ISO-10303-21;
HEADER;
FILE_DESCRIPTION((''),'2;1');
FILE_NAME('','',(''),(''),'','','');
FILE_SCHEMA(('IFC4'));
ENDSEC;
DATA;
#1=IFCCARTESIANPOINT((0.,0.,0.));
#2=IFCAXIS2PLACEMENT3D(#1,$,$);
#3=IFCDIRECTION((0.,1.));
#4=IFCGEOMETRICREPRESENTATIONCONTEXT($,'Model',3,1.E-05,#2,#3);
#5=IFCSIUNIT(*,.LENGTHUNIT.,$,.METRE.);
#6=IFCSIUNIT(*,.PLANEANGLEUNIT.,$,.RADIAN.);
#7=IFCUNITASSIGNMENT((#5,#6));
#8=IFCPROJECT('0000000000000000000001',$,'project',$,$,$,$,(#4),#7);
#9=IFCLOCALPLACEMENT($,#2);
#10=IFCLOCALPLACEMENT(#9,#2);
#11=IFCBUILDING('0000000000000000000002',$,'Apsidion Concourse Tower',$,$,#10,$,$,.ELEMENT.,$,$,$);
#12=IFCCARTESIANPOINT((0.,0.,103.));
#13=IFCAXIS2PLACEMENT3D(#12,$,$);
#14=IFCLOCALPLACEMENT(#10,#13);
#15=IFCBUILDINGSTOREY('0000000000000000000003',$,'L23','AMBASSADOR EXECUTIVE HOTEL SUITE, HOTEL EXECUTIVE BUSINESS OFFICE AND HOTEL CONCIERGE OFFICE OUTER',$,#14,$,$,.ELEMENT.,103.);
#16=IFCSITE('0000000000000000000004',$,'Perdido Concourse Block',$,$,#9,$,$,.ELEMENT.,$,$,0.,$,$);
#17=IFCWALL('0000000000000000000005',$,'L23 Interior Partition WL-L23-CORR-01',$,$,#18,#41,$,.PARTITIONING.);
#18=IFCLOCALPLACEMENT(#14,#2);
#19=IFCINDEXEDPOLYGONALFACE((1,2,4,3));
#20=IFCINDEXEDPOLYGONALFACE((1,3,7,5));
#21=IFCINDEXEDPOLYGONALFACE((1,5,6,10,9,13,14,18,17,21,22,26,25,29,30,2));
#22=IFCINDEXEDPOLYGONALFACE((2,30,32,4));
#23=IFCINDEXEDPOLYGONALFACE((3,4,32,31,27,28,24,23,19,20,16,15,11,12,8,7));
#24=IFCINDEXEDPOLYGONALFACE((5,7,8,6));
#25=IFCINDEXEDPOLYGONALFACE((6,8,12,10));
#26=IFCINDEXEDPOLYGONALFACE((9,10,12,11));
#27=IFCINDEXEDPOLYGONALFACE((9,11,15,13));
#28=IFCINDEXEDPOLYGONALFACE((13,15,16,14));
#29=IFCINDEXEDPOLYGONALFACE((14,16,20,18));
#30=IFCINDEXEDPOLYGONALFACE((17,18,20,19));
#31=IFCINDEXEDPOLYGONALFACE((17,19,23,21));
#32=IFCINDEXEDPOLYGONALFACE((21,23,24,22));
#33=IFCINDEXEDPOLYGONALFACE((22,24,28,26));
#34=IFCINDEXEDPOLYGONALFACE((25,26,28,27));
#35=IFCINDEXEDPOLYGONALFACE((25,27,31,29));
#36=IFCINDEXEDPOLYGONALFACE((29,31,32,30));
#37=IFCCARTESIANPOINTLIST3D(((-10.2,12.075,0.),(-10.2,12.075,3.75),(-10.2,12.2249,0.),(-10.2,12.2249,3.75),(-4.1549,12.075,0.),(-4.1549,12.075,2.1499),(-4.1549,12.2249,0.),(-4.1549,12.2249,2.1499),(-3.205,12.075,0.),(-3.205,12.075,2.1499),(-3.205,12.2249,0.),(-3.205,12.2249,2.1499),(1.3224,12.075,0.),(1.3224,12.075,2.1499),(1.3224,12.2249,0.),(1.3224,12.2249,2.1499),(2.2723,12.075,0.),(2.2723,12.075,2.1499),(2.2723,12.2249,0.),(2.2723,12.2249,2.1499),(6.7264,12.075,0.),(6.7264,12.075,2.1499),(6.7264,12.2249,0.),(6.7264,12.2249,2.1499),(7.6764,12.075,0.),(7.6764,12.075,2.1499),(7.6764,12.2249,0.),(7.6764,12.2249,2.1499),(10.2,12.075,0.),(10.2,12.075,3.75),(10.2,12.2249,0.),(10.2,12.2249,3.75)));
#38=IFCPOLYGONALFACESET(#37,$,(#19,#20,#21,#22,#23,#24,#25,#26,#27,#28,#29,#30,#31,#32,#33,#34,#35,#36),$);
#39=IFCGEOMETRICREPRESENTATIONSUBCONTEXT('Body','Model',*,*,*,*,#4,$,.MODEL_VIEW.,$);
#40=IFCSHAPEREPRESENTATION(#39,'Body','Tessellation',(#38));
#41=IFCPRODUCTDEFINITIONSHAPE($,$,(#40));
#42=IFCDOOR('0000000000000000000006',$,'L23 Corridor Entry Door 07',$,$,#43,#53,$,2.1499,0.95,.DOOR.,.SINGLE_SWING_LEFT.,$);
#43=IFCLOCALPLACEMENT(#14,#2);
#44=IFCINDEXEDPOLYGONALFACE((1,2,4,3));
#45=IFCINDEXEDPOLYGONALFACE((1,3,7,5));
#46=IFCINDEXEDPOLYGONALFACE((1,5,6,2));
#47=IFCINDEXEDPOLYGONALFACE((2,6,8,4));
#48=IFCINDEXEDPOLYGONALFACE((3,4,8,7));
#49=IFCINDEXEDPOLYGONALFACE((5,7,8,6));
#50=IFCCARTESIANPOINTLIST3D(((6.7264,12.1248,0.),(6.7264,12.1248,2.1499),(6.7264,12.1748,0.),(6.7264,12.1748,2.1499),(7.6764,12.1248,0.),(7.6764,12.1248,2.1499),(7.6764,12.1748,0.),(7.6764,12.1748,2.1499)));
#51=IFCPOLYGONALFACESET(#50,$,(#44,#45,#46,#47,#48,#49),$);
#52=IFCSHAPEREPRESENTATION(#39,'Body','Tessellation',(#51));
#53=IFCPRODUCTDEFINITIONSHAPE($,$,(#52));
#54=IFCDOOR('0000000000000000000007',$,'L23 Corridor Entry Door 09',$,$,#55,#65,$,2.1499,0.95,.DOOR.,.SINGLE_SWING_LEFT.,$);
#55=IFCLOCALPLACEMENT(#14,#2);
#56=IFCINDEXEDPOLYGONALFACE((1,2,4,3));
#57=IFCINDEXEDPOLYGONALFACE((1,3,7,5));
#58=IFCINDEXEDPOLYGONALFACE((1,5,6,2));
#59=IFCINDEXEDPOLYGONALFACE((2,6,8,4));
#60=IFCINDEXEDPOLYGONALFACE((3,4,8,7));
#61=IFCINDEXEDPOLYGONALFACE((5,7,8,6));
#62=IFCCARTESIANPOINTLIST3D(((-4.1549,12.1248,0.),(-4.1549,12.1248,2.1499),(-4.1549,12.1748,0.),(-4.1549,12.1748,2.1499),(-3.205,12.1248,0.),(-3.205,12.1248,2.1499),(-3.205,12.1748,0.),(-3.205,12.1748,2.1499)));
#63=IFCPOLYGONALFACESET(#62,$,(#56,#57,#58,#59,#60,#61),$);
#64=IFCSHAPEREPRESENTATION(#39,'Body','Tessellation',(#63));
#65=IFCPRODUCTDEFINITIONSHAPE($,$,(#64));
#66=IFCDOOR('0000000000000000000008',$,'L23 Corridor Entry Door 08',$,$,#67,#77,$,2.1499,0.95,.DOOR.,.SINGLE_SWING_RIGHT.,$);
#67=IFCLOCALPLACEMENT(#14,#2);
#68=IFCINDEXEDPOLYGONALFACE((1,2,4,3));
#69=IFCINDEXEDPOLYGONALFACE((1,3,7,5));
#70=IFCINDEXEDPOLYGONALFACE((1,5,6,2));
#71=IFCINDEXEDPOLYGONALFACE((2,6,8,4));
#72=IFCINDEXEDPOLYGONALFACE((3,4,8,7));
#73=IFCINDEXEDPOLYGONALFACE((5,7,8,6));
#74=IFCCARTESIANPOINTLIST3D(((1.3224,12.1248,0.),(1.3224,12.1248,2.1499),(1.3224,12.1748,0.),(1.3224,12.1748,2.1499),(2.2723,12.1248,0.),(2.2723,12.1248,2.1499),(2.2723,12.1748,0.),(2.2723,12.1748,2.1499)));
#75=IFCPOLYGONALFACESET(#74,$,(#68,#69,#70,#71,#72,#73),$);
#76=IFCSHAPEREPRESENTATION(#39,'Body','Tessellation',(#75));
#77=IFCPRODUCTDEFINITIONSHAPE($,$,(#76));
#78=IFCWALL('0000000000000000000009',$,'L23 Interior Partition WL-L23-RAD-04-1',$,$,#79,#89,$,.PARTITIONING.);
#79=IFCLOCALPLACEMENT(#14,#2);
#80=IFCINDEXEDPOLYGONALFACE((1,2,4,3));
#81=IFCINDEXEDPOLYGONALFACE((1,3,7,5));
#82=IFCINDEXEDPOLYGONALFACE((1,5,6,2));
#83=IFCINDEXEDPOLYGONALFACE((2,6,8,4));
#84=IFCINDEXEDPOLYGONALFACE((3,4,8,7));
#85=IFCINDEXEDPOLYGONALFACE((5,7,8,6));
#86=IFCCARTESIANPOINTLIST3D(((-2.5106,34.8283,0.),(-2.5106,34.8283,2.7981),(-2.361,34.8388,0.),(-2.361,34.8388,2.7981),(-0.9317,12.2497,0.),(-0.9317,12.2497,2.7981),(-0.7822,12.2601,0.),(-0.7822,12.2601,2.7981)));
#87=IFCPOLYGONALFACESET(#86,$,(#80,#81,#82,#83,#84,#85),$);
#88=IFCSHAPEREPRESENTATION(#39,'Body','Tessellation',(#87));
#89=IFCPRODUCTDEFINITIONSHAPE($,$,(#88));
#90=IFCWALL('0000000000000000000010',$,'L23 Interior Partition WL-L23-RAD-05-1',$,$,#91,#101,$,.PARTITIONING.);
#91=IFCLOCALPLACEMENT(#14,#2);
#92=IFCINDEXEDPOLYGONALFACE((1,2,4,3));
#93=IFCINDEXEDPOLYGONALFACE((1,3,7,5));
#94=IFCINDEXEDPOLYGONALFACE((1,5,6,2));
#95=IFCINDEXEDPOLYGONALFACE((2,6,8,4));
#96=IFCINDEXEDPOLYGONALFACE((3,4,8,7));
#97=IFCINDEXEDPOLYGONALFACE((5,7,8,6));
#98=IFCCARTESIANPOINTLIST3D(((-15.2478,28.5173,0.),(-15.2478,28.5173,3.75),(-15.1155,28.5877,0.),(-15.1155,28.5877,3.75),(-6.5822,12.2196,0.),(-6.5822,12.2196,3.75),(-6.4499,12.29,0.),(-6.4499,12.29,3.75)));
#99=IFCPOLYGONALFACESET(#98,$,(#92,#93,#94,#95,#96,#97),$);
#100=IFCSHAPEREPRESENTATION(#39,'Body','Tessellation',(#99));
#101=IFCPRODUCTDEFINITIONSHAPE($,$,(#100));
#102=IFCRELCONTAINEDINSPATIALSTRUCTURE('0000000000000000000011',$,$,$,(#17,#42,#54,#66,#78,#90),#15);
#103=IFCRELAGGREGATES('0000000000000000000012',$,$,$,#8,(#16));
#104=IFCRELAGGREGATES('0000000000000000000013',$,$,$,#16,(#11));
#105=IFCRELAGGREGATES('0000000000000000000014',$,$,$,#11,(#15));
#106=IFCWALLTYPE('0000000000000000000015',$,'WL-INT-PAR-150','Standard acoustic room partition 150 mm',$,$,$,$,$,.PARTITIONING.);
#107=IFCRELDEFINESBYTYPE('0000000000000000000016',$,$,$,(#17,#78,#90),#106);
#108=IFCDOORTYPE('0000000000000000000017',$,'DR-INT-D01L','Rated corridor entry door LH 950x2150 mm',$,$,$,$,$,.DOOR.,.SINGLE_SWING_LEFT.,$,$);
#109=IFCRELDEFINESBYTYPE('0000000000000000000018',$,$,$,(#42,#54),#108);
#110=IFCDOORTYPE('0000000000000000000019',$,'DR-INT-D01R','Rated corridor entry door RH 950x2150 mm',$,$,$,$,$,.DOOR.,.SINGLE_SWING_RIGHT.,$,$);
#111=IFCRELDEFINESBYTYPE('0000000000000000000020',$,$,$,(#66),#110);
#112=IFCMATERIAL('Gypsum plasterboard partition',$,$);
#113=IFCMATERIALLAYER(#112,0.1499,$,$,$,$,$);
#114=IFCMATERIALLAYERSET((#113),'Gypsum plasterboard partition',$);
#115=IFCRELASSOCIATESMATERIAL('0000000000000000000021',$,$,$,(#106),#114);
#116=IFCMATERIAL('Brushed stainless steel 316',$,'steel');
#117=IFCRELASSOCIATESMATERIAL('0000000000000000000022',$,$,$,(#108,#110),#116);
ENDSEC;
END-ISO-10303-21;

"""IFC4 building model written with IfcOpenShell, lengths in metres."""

from ifc_helpers import new_model, si_unit, direction, frame, frame_2d, origin, place, context, subcontext, project, spatial, rectangle, extrude, material, layer, layer_set, type_object, element, fill, save


model = new_model("IFC4")

# Units and contexts
model_context = context("Model", 3, precision=1e-05, world=origin(), true_north=direction((0.0, 1.0)))
body_context = subcontext(model_context, "Body", "Model", "MODEL_VIEW")
ifc_project = project(units=[si_unit("LENGTHUNIT", "METRE"), si_unit("PLANEANGLEUNIT", "RADIAN")], contexts=[model_context])

# Site, building, storey
site_placement = place(None, origin())
site = spatial("IfcSite", under=ifc_project, at=site_placement, Name="Perdido Concourse Block", CompositionType="ELEMENT", RefElevation=0.0)
building_placement = place(site_placement, origin())
building = spatial("IfcBuilding", under=site, at=building_placement, Name="Apsidion Concourse Tower", CompositionType="ELEMENT")
storey_placement = place(building_placement, frame((0.0, 0.0, 103.0)))
storey = spatial("IfcBuildingStorey", under=building, at=storey_placement, Name="L23", Description="AMBASSADOR EXECUTIVE HOTEL SUITE, HOTEL EXECUTIVE BUSINESS OFFICE AND HOTEL CONCIERGE OFFICE OUTER", CompositionType="ELEMENT", Elevation=103.0)

# Shared definitions
ifc_material_1 = material(Name="Gypsum plasterboard partition")

# Wall, openings, doors
ifc_layer_1 = layer(ifc_material_1, 0.1499)
ifc_layer_set_1 = layer_set([ifc_layer_1], Name="Gypsum plasterboard partition")
wall_type_1 = type_object("IfcWallType", Name="WL-INT-PAR-150", Description="Standard acoustic room partition 150 mm", PredefinedType="PARTITIONING", material=ifc_layer_set_1)
wall_1_placement = place(storey_placement, frame((-10.2, 12.1499, 0.0), z_axis=(0.0, 0.0, 1.0), x_axis=(1.0, 0.0, 0.0)))
wall_1 = element("IfcWall", 1, at=wall_1_placement, inside=storey, type_object=wall_type_1, Name="L23 Interior Partition WL-L23-CORR-01", PredefinedType="PARTITIONING", context=body_context, shape_type="SweptSolid", body=[
    extrude(rectangle(XDim=20.3999, YDim=0.1499, at=frame_2d((10.2, 0.0))), origin(), (0.0, 0.0, 1.0), 3.75),
])
opening_1_placement = place(wall_1_placement, frame((16.9263, 0.0, 0.0)))
opening_1 = element("IfcOpeningElement", 2, at=opening_1_placement, cuts=wall_1, PredefinedType="OPENING", context=body_context, shape_type="SweptSolid", body=[
    extrude(rectangle(XDim=0.95, YDim=2.1499, at=frame_2d((0.4751, 1.075))), frame((0.0, 0.085, 0.0), z_axis=(0.0, -1.0, 0.0), x_axis=(1.0, 0.0, 0.0)), (0.0, 0.0, 1.0), 0.1699),
])
opening_2_placement = place(wall_1_placement, frame((11.5222, 0.0, 0.0)))
opening_2 = element("IfcOpeningElement", 3, at=opening_2_placement, cuts=wall_1, PredefinedType="OPENING", context=body_context, shape_type="SweptSolid", body=[
    extrude(rectangle(XDim=0.95, YDim=2.1499, at=frame_2d((0.4751, 1.075))), frame((0.0, 0.085, 0.0), z_axis=(0.0, -1.0, 0.0), x_axis=(1.0, 0.0, 0.0)), (0.0, 0.0, 1.0), 0.1699),
])
opening_3_placement = place(wall_1_placement, frame((6.0449, 0.0, 0.0)))
opening_3 = element("IfcOpeningElement", 4, at=opening_3_placement, cuts=wall_1, PredefinedType="OPENING", context=body_context, shape_type="SweptSolid", body=[
    extrude(rectangle(XDim=0.95, YDim=2.1499, at=frame_2d((0.4751, 1.075))), frame((0.0, 0.085, 0.0), z_axis=(0.0, -1.0, 0.0), x_axis=(1.0, 0.0, 0.0)), (0.0, 0.0, 1.0), 0.1699),
])
ifc_material_2 = material(Name="Brushed stainless steel 316", Category="steel")
door_type_1 = type_object("IfcDoorType", Name="DR-INT-D01L", Description="Rated corridor entry door LH 950x2150 mm", OperationType="SINGLE_SWING_LEFT", PredefinedType="DOOR", material=ifc_material_2)
door_1_placement = place(opening_1_placement, origin())
door_1 = element("IfcDoor", 5, at=door_1_placement, inside=storey, type_object=door_type_1, Name="L23 Corridor Entry Door 07", OperationType="SINGLE_SWING_LEFT", OverallHeight=2.1499, OverallWidth=0.95, PredefinedType="DOOR", context=body_context, shape_type="SweptSolid", body=[
    extrude(rectangle(XDim=0.95, YDim=2.1499, at=frame_2d((0.4751, 1.075))), frame((0.0, 0.0249, 0.0), z_axis=(0.0, -1.0, 0.0), x_axis=(1.0, 0.0, 0.0)), (0.0, 0.0, 1.0), 0.05),
])
fill(opening_1, door_1)
door_2_placement = place(opening_3_placement, origin())
door_2 = element("IfcDoor", 6, at=door_2_placement, inside=storey, type_object=door_type_1, Name="L23 Corridor Entry Door 09", OperationType="SINGLE_SWING_LEFT", OverallHeight=2.1499, OverallWidth=0.95, PredefinedType="DOOR", context=body_context, shape_type="SweptSolid", body=[
    extrude(rectangle(XDim=0.95, YDim=2.1499, at=frame_2d((0.4751, 1.075))), frame((0.0, 0.0249, 0.0), z_axis=(0.0, -1.0, 0.0), x_axis=(1.0, 0.0, 0.0)), (0.0, 0.0, 1.0), 0.05),
])
fill(opening_3, door_2)
door_type_2 = type_object("IfcDoorType", Name="DR-INT-D01R", Description="Rated corridor entry door RH 950x2150 mm", OperationType="SINGLE_SWING_RIGHT", PredefinedType="DOOR", material=ifc_material_2)
door_3_placement = place(opening_2_placement, origin())
door_3 = element("IfcDoor", 7, at=door_3_placement, inside=storey, type_object=door_type_2, Name="L23 Corridor Entry Door 08", OperationType="SINGLE_SWING_RIGHT", OverallHeight=2.1499, OverallWidth=0.95, PredefinedType="DOOR", context=body_context, shape_type="SweptSolid", body=[
    extrude(rectangle(XDim=0.95, YDim=2.1499, at=frame_2d((0.4751, 1.075))), frame((0.0, 0.0249, 0.0), z_axis=(0.0, -1.0, 0.0), x_axis=(1.0, 0.0, 0.0)), (0.0, 0.0, 1.0), 0.05),
])
fill(opening_2, door_3)

# Walls
wall_2_placement = place(storey_placement, frame((-0.8569, 12.2549, 0.0), z_axis=(0.0, 0.0, 1.0), x_axis=(-0.069757, 0.997564, 0.0)))
element("IfcWall", 8, at=wall_2_placement, inside=storey, type_object=wall_type_1, Name="L23 Interior Partition WL-L23-RAD-04-1", PredefinedType="PARTITIONING", context=body_context, shape_type="SweptSolid", body=[
    extrude(rectangle(XDim=22.6338, YDim=0.1499, at=frame_2d((11.3169, 0.0))), origin(), (0.0, 0.0, 1.0), 2.7981),
])
wall_3_placement = place(storey_placement, frame((-6.5161, 12.2549, 0.0), z_axis=(0.0, 0.0, 1.0), x_axis=(-0.469469, 0.882949, 0.0)))
element("IfcWall", 9, at=wall_3_placement, inside=storey, type_object=wall_type_1, Name="L23 Interior Partition WL-L23-RAD-05-1", PredefinedType="PARTITIONING", context=body_context, shape_type="SweptSolid", body=[
    extrude(rectangle(XDim=18.4583, YDim=0.1499, at=frame_2d((9.229, 0.0))), origin(), (0.0, 0.0, 1.0), 3.75),
])

save(model, "model.ifc")
